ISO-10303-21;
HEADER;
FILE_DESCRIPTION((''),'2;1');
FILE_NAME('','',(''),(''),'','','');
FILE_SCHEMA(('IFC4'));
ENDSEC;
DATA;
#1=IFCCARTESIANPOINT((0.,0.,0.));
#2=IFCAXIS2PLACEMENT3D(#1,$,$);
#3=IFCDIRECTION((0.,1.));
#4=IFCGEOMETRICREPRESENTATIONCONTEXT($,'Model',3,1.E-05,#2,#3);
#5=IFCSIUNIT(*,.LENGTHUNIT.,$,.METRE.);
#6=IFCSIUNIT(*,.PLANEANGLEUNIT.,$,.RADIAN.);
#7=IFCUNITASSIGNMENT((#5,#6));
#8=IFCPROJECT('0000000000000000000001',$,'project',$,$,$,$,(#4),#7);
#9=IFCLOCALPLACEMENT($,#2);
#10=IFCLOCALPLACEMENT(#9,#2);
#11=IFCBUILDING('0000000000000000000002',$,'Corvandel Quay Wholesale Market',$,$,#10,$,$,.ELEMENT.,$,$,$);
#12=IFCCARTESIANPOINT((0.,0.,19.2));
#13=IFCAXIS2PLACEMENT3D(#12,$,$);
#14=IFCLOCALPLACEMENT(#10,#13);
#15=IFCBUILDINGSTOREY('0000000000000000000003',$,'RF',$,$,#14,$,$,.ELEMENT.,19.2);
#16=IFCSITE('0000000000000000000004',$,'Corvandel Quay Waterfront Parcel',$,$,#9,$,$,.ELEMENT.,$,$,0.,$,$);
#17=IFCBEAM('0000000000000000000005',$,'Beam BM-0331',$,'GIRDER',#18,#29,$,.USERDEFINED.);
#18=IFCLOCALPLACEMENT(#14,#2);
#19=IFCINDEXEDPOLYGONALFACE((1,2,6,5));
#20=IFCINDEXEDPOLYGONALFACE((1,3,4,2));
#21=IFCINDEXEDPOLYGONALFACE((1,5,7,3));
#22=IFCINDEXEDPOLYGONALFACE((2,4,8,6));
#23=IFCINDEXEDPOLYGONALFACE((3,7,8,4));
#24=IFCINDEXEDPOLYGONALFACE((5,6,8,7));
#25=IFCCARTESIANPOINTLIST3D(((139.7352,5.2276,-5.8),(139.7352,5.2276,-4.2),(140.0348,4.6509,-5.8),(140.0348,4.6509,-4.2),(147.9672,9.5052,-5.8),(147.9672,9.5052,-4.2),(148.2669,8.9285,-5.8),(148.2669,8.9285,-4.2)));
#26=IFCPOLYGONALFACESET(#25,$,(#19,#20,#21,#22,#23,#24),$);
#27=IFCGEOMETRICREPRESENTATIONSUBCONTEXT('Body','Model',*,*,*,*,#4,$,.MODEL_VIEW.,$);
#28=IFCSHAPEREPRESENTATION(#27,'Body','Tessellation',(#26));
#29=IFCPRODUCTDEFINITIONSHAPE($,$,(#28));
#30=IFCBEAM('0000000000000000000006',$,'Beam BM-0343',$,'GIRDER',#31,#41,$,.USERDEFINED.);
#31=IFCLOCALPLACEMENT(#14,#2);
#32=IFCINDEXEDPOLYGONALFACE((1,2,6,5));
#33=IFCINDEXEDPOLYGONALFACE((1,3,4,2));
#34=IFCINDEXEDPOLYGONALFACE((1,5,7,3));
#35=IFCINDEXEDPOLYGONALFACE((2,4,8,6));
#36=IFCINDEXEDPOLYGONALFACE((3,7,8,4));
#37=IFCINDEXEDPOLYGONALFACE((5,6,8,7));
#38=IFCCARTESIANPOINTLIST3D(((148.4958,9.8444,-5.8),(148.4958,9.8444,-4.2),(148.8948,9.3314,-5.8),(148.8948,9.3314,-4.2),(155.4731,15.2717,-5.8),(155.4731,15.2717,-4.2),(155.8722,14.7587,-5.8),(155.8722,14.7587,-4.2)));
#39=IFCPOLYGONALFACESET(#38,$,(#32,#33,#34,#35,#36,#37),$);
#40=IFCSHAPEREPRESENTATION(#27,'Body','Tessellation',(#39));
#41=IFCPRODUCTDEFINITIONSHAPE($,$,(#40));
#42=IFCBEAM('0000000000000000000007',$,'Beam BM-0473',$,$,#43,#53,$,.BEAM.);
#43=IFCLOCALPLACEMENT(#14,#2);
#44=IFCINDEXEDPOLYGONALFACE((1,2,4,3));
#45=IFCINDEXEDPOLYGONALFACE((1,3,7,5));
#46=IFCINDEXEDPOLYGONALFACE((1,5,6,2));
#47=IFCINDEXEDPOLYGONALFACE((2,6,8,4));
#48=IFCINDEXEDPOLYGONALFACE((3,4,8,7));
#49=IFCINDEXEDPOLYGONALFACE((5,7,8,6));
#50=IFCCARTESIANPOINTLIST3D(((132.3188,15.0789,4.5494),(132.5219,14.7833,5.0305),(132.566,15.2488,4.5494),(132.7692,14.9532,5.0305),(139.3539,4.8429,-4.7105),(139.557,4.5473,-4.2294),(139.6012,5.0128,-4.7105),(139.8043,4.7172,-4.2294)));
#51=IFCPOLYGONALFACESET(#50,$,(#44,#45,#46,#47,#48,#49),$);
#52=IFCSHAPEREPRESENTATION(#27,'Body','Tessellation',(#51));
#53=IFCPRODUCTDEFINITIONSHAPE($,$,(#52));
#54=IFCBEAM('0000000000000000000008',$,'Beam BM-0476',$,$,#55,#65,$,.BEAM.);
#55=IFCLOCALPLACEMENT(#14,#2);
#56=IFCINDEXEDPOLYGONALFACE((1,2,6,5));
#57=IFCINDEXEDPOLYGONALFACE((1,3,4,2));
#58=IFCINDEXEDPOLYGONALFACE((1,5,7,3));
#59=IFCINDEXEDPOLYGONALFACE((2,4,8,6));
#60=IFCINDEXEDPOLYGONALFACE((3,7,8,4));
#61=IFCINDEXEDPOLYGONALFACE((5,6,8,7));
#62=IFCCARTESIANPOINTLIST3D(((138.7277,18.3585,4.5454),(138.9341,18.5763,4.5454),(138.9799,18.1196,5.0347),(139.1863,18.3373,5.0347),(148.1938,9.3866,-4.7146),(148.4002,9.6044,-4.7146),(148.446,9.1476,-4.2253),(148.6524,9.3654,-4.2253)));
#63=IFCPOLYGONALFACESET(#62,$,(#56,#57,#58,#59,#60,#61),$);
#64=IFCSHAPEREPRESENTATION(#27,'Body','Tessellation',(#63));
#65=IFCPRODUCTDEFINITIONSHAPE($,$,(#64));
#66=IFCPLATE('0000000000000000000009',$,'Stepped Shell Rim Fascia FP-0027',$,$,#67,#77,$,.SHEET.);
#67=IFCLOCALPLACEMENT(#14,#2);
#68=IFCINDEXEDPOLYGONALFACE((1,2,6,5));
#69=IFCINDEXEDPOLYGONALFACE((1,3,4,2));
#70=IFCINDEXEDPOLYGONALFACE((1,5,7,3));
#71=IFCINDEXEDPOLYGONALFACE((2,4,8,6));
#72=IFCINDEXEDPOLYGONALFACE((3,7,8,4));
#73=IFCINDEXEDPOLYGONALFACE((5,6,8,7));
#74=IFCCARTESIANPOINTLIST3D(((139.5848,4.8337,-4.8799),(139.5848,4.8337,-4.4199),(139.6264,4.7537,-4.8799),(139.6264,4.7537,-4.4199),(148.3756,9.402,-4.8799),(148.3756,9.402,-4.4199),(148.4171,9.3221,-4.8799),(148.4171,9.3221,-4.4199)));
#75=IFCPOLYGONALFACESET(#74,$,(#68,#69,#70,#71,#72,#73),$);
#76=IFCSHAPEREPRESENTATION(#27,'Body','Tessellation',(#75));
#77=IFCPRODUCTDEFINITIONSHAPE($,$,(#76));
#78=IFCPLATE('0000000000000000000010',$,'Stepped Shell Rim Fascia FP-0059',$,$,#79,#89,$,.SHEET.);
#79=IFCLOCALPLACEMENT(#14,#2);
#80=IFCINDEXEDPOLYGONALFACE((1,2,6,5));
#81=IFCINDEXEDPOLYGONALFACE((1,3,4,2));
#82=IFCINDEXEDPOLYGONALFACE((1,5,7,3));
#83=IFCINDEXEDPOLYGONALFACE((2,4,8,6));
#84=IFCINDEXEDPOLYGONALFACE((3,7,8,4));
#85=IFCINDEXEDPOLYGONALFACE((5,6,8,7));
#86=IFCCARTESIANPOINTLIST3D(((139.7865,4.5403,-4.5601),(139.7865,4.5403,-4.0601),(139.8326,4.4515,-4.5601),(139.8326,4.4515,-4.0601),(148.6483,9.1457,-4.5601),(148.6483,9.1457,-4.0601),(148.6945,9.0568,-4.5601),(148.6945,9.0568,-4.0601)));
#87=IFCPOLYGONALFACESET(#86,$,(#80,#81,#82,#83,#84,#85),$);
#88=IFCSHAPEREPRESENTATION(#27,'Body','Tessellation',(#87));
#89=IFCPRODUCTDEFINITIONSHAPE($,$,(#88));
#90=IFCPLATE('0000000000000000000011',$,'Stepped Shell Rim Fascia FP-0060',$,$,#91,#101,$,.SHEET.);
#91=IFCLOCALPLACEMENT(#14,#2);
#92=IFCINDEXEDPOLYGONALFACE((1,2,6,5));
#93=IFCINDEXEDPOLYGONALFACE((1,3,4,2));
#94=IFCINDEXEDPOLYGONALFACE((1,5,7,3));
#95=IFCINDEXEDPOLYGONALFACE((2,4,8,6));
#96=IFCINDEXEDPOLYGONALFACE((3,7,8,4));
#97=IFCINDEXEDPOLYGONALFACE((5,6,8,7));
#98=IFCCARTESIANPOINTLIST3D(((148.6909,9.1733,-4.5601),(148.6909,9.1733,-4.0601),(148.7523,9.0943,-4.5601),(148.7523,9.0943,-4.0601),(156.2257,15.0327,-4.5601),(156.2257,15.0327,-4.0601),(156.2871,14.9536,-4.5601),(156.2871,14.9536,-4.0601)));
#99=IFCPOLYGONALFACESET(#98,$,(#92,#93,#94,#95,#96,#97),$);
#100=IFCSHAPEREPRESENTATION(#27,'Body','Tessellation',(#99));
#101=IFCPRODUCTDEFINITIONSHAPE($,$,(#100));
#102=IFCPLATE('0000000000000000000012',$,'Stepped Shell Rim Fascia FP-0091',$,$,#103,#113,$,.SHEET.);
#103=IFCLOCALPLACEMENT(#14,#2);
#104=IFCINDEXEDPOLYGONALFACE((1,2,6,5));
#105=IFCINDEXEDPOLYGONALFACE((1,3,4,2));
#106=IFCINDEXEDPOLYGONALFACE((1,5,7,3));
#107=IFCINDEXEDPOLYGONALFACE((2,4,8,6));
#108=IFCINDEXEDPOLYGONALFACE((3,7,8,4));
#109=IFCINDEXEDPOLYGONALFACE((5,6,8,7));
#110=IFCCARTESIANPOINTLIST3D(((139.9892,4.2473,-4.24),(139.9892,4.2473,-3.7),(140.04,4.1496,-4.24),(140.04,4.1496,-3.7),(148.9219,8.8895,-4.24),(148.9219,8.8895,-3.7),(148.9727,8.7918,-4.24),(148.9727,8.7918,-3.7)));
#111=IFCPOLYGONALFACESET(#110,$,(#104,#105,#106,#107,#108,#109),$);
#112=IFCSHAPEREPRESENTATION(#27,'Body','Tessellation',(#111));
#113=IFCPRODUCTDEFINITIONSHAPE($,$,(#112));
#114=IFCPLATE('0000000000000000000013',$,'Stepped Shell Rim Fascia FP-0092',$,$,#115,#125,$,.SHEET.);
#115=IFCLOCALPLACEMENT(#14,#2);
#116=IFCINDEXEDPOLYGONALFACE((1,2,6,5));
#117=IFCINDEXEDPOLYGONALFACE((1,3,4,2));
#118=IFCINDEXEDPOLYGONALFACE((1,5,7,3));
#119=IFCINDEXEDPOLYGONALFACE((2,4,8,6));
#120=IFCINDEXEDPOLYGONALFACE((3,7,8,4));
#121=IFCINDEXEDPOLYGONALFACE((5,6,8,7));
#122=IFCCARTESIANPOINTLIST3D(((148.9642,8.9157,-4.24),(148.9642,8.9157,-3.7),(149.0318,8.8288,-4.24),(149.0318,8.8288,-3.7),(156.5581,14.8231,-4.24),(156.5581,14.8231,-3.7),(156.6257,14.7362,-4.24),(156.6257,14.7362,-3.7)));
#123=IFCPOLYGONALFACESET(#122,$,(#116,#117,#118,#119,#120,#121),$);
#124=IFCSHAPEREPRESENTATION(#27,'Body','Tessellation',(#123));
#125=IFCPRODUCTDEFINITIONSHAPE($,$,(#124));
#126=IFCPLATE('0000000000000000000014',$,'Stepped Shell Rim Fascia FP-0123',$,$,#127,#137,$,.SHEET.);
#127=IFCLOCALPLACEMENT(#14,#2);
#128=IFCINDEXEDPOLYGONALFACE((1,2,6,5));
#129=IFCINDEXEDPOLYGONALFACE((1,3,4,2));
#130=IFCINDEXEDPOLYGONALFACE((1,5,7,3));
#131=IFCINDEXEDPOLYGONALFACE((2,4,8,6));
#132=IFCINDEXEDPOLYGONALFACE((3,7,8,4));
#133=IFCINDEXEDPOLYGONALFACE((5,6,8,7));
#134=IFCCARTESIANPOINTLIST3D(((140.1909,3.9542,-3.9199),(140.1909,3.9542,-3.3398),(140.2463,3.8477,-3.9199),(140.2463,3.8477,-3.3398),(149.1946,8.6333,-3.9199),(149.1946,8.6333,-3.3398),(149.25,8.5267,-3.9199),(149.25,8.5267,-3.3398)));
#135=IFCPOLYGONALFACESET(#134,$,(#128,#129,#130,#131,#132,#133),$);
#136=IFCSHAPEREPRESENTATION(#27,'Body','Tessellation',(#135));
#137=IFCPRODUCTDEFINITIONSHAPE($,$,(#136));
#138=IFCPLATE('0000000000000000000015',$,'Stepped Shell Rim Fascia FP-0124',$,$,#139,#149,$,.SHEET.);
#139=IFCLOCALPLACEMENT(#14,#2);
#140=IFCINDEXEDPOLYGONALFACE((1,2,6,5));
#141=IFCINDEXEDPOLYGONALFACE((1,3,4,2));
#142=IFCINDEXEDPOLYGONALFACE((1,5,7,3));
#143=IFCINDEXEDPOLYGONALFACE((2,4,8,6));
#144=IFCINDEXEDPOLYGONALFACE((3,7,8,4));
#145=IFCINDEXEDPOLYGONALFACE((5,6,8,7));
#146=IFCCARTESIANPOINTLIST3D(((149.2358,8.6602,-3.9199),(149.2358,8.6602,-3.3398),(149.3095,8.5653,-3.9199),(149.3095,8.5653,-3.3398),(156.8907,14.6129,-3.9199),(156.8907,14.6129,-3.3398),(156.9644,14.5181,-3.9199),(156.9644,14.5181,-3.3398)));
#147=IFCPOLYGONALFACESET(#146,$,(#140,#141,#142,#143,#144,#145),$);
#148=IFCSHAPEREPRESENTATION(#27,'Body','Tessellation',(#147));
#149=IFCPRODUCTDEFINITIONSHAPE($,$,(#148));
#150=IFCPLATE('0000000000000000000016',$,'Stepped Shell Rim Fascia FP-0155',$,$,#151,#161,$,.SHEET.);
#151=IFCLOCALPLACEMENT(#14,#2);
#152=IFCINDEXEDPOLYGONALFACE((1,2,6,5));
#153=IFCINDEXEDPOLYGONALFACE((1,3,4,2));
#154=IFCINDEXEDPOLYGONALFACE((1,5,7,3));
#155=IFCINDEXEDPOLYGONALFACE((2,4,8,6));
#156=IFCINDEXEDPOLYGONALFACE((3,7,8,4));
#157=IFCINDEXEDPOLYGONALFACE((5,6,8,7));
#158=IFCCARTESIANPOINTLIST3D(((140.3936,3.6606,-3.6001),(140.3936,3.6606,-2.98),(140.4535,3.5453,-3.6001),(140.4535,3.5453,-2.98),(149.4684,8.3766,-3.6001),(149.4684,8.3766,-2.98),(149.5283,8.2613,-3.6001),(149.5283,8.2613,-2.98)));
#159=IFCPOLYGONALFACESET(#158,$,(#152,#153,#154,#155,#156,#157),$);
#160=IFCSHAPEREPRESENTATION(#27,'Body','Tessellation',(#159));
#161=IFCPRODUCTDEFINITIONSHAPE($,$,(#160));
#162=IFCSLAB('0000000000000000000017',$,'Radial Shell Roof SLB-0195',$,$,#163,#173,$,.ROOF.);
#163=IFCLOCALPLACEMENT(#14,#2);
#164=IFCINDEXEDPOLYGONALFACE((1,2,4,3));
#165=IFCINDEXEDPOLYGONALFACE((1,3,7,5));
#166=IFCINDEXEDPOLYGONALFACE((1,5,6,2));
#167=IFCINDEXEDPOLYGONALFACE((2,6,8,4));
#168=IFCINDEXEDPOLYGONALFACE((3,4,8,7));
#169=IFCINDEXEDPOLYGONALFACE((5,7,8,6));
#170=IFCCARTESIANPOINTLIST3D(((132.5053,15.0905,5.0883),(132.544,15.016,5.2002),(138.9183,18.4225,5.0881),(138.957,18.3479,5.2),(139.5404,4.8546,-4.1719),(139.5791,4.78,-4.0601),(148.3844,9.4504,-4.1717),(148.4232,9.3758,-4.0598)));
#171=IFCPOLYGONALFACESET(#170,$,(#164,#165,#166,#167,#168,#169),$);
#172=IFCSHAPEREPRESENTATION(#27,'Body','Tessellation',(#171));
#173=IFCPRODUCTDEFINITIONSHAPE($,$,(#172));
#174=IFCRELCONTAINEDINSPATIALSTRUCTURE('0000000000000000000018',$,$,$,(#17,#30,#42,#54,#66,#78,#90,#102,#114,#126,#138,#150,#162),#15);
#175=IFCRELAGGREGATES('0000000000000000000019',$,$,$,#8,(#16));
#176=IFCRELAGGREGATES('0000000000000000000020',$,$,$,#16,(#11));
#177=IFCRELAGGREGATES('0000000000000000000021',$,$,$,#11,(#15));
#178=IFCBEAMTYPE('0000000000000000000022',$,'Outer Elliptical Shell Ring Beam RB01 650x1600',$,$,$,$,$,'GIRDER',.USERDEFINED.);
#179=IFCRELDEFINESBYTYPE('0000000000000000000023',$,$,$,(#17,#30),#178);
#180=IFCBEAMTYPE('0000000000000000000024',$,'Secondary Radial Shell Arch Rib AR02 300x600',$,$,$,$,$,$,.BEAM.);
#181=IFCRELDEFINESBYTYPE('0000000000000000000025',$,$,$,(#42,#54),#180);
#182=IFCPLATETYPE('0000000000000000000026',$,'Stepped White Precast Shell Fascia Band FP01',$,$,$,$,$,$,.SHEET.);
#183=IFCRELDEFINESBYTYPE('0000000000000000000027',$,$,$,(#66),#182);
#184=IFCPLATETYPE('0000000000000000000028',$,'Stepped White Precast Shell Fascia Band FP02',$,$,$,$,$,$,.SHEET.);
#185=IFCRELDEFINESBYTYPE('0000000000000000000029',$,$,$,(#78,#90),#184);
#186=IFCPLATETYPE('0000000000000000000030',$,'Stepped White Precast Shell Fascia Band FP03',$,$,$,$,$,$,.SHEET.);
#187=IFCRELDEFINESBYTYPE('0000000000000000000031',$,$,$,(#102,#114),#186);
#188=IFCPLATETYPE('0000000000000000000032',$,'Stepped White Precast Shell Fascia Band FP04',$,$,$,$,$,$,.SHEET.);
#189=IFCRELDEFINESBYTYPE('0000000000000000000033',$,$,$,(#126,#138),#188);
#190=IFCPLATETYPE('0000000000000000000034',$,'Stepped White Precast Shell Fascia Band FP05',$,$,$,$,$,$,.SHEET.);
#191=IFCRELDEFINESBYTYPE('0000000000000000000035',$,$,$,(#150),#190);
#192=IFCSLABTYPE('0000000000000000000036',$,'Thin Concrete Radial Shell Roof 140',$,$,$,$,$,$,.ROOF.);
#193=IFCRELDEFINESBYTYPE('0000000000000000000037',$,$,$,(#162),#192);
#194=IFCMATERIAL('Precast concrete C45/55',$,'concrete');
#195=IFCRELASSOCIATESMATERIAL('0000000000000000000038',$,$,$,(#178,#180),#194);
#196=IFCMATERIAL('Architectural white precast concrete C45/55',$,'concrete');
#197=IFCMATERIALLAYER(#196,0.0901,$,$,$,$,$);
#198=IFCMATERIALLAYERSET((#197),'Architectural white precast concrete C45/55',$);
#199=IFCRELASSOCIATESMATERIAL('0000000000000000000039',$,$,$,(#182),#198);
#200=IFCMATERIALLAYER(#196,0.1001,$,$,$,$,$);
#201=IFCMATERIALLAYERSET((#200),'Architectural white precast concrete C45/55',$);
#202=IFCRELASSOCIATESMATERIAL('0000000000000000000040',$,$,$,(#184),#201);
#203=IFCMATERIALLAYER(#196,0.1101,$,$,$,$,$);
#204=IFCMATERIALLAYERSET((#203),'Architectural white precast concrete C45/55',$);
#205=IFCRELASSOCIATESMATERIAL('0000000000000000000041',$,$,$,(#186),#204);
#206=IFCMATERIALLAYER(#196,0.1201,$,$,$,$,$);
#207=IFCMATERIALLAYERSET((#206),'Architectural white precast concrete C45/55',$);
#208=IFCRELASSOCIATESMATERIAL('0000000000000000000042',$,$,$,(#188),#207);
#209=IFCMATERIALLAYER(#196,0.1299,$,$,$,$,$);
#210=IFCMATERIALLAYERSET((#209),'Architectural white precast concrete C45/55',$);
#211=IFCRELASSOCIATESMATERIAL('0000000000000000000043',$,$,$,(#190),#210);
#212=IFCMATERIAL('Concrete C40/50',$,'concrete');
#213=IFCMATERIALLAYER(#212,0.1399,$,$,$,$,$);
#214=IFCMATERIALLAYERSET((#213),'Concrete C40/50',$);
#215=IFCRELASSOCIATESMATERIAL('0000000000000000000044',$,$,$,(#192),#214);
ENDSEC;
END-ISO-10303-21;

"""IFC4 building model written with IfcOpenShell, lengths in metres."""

from ifc_helpers import new_model, si_unit, direction, frame, origin, origin_2d, place, context, subcontext, project, spatial, polyline, rectangle, outline, extrude, material, layer, layer_set, material_profile, profile_set, type_object, element, save


model = new_model("IFC4")

# Units and contexts
model_context = context("Model", 3, precision=1e-05, world=origin(), true_north=direction((0.0, 1.0)))
body_context = subcontext(model_context, "Body", "Model", "MODEL_VIEW")
ifc_project = project(units=[si_unit("LENGTHUNIT", "METRE"), si_unit("PLANEANGLEUNIT", "RADIAN")], contexts=[model_context])

# Site, building, storey
site_placement = place(None, origin())
site = spatial("IfcSite", under=ifc_project, at=site_placement, Name="Corvandel Quay Waterfront Parcel", CompositionType="ELEMENT", RefElevation=0.0)
building_placement = place(site_placement, origin())
building = spatial("IfcBuilding", under=site, at=building_placement, Name="Corvandel Quay Wholesale Market", CompositionType="ELEMENT")
storey_placement = place(building_placement, frame((0.0, 0.0, 19.2)))
storey = spatial("IfcBuildingStorey", under=building, at=storey_placement, Name="RF", CompositionType="ELEMENT", Elevation=19.2)

# Beams
ifc_material_1 = material(Name="Precast concrete C45/55", Category="concrete")
ifc_material_profile_1 = material_profile(ifc_material_1, rectangle(XDim=0.6499, YDim=1.6001, at=origin_2d()), Name="PC-RING-650x1600")
ifc_profile_set_1 = profile_set([ifc_material_profile_1], Name="Precast concrete C45/55")
beam_type_1 = type_object("IfcBeamType", Name="Outer Elliptical Shell Ring Beam RB01 650x1600", ElementType="GIRDER", PredefinedType="USERDEFINED", material=ifc_profile_set_1)
beam_1_placement = place(storey_placement, frame((139.885, 4.9392, -5.0), z_axis=(0.88735, 0.461097, 0.0), x_axis=(-0.461097, 0.88735, 0.0)))
element("IfcBeam", 1, at=beam_1_placement, inside=storey, type_object=beam_type_1, Name="Beam BM-0331", ObjectType="GIRDER", PredefinedType="USERDEFINED", context=body_context, shape_type="SweptSolid", body=[
    extrude(rectangle(XDim=0.6499, YDim=1.6001, at=origin_2d()), origin(), (0.0, 0.0, 1.0), 9.2771),
])
beam_2_placement = place(storey_placement, frame((148.6953, 9.5879, -5.0), z_axis=(0.789327, 0.613973, 0.0), x_axis=(-0.613973, 0.789327, 0.0)))
element("IfcBeam", 2, at=beam_2_placement, inside=storey, type_object=beam_type_1, Name="Beam BM-0343", ObjectType="GIRDER", PredefinedType="USERDEFINED", context=body_context, shape_type="SweptSolid", body=[
    extrude(rectangle(XDim=0.6499, YDim=1.6001, at=origin_2d()), origin(), (0.0, 0.0, 1.0), 8.8396),
])
ifc_material_profile_2 = material_profile(ifc_material_1, rectangle(XDim=0.3, YDim=0.6001, at=origin_2d()), Name="PC-RIB-300x600")
ifc_profile_set_2 = profile_set([ifc_material_profile_2], Name="Precast concrete C45/55")
beam_type_2 = type_object("IfcBeamType", Name="Secondary Radial Shell Arch Rib AR02 300x600", PredefinedType="BEAM", material=ifc_profile_set_2)
beam_3_placement = place(storey_placement, frame((139.5791, 4.78, -4.47), z_axis=(-0.4541, 0.660711, 0.597708), x_axis=(-0.824123, -0.566411, 0.0)))
element("IfcBeam", 3, at=beam_3_placement, inside=storey, type_object=beam_type_2, Name="Beam BM-0473", PredefinedType="BEAM", context=body_context, shape_type="SweptSolid", body=[
    extrude(rectangle(XDim=0.3, YDim=0.6001, at=origin_2d()), origin(), (0.0, 0.0, 1.0), 15.4924),
])
beam_4_placement = place(storey_placement, frame((148.4231, 9.376, -4.47), z_axis=(-0.591803, 0.56091, 0.578921), x_axis=(-0.687909, -0.725797, 0.0)))
element("IfcBeam", 4, at=beam_4_placement, inside=storey, type_object=beam_type_2, Name="Beam BM-0476", PredefinedType="BEAM", context=body_context, shape_type="SweptSolid", body=[
    extrude(rectangle(XDim=0.3, YDim=0.6001, at=origin_2d()), origin(), (0.0, 0.0, 1.0), 15.9954),
])

# Plates
ifc_material_2 = material(Name="Architectural white precast concrete C45/55", Category="concrete")
ifc_layer_1 = layer(ifc_material_2, 0.0901)
ifc_layer_set_1 = layer_set([ifc_layer_1], Name="Architectural white precast concrete C45/55")
plate_type_1 = type_object("IfcPlateType", Name="Stepped White Precast Shell Fascia Band FP01", PredefinedType="SHEET", material=ifc_layer_set_1)
plate_1_placement = place(storey_placement, frame((144.001, 7.0779, -4.8799), z_axis=(0.0, 0.0, 1.0), x_axis=(0.887333, 0.461129, 0.0)))
element("IfcPlate", 5, at=plate_1_placement, inside=storey, type_object=plate_type_1, Name="Stepped Shell Rim Fascia FP-0027", PredefinedType="SHEET", context=body_context, shape_type="SweptSolid", body=[
    extrude(rectangle(XDim=9.907, YDim=0.0901, at=origin_2d()), origin(), (0.0, 0.0, 1.0), 0.46),
])
ifc_layer_2 = layer(ifc_material_2, 0.1001)
ifc_layer_set_2 = layer_set([ifc_layer_2], Name="Architectural white precast concrete C45/55")
plate_type_2 = type_object("IfcPlateType", Name="Stepped White Precast Shell Fascia Band FP02", PredefinedType="SHEET", material=ifc_layer_set_2)
plate_2_placement = place(storey_placement, frame((144.2405, 6.7986, -4.5601), z_axis=(0.0, 0.0, 1.0), x_axis=(0.887333, 0.461129, 0.0)))
element("IfcPlate", 6, at=plate_2_placement, inside=storey, type_object=plate_type_2, Name="Stepped Shell Rim Fascia FP-0059", PredefinedType="SHEET", context=body_context, shape_type="SweptSolid", body=[
    extrude(rectangle(XDim=9.9871, YDim=0.1001, at=origin_2d()), origin(), (0.0, 0.0, 1.0), 0.5),
])
plate_3_placement = place(storey_placement, frame((152.489, 12.0635, -4.5601), z_axis=(0.0, 0.0, 1.0), x_axis=(0.789406, 0.613872, 0.0)))
element("IfcPlate", 7, at=plate_3_placement, inside=storey, type_object=plate_type_2, Name="Stepped Shell Rim Fascia FP-0060", PredefinedType="SHEET", context=body_context, shape_type="SweptSolid", body=[
    extrude(rectangle(XDim=9.5449, YDim=0.1001, at=origin_2d()), origin(), (0.0, 0.0, 1.0), 0.5),
])
ifc_layer_3 = layer(ifc_material_2, 0.1101)
ifc_layer_set_3 = layer_set([ifc_layer_3], Name="Architectural white precast concrete C45/55")
plate_type_3 = type_object("IfcPlateType", Name="Stepped White Precast Shell Fascia Band FP03", PredefinedType="SHEET", material=ifc_layer_set_3)
plate_4_placement = place(storey_placement, frame((144.481, 6.5195, -4.24), z_axis=(0.0, 0.0, 1.0), x_axis=(0.887333, 0.461129, 0.0)))
element("IfcPlate", 8, at=plate_4_placement, inside=storey, type_object=plate_type_3, Name="Stepped Shell Rim Fascia FP-0091", PredefinedType="SHEET", context=body_context, shape_type="SweptSolid", body=[
    extrude(rectangle(XDim=10.0669, YDim=0.1101, at=origin_2d()), origin(), (0.0, 0.0, 1.0), 0.54),
])
plate_5_placement = place(storey_placement, frame((152.7949, 11.8259, -4.24), z_axis=(0.0, 0.0, 1.0), x_axis=(0.789298, 0.61401, 0.0)))
element("IfcPlate", 9, at=plate_5_placement, inside=storey, type_object=plate_type_3, Name="Stepped Shell Rim Fascia FP-0092", PredefinedType="SHEET", context=body_context, shape_type="SweptSolid", body=[
    extrude(rectangle(XDim=9.6211, YDim=0.1101, at=origin_2d()), origin(), (0.0, 0.0, 1.0), 0.54),
])
ifc_layer_4 = layer(ifc_material_2, 0.1201)
ifc_layer_set_4 = layer_set([ifc_layer_4], Name="Architectural white precast concrete C45/55")
plate_type_4 = type_object("IfcPlateType", Name="Stepped White Precast Shell Fascia Band FP04", PredefinedType="SHEET", material=ifc_layer_set_4)
plate_6_placement = place(storey_placement, frame((144.7205, 6.2405, -3.9199), z_axis=(0.0, 0.0, 1.0), x_axis=(0.887333, 0.461129, 0.0)))
element("IfcPlate", 10, at=plate_6_placement, inside=storey, type_object=plate_type_4, Name="Stepped Shell Rim Fascia FP-0123", PredefinedType="SHEET", context=body_context, shape_type="SweptSolid", body=[
    extrude(rectangle(XDim=10.147, YDim=0.1201, at=origin_2d()), origin(), (0.0, 0.0, 1.0), 0.5801),
])
plate_7_placement = place(storey_placement, frame((153.1001, 11.5891, -3.9199), z_axis=(0.0, 0.0, 1.0), x_axis=(0.789406, 0.613872, 0.0)))
element("IfcPlate", 11, at=plate_7_placement, inside=storey, type_object=plate_type_4, Name="Stepped Shell Rim Fascia FP-0124", PredefinedType="SHEET", context=body_context, shape_type="SweptSolid", body=[
    extrude(rectangle(XDim=9.697, YDim=0.1201, at=origin_2d()), origin(), (0.0, 0.0, 1.0), 0.5801),
])
ifc_layer_5 = layer(ifc_material_2, 0.1299)
ifc_layer_set_5 = layer_set([ifc_layer_5], Name="Architectural white precast concrete C45/55")
plate_type_5 = type_object("IfcPlateType", Name="Stepped White Precast Shell Fascia Band FP05", PredefinedType="SHEET", material=ifc_layer_set_5)
plate_8_placement = place(storey_placement, frame((144.9609, 5.9609, -3.6001), z_axis=(0.0, 0.0, 1.0), x_axis=(0.887333, 0.461129, 0.0)))
element("IfcPlate", 12, at=plate_8_placement, inside=storey, type_object=plate_type_5, Name="Stepped Shell Rim Fascia FP-0155", PredefinedType="SHEET", context=body_context, shape_type="SweptSolid", body=[
    extrude(rectangle(XDim=10.2271, YDim=0.1299, at=origin_2d()), origin(), (0.0, 0.0, 1.0), 0.6201),
])

# Slab
ifc_material_3 = material(Name="Concrete C40/50", Category="concrete")
ifc_layer_6 = layer(ifc_material_3, 0.1399)
ifc_layer_set_6 = layer_set([ifc_layer_6], Name="Concrete C40/50")
slab_type = type_object("IfcSlabType", Name="Thin Concrete Radial Shell Roof 140", PredefinedType="ROOF", material=ifc_layer_set_6)
slab_1_placement = place(storey_placement, frame((139.5791, 4.78, -4.0601), z_axis=(0.276939, -0.532975, 0.799526), x_axis=(0.887345, 0.461107, 0.000022)))
element("IfcSlab", 13, at=slab_1_placement, inside=storey, type_object=slab_type, Name="Radial Shell Roof SLB-0195", PredefinedType="ROOF", context=body_context, shape_type="SweptSolid", body=[
    extrude(outline(polyline([(0.0, 0.0), (9.9669, 0.0), (5.7044, 15.4169), (-1.5225, 15.4175), (0.0, 0.0)])), origin(), (0.0, 0.0, -1.0), 0.1399),
])

save(model, "model.ifc")
